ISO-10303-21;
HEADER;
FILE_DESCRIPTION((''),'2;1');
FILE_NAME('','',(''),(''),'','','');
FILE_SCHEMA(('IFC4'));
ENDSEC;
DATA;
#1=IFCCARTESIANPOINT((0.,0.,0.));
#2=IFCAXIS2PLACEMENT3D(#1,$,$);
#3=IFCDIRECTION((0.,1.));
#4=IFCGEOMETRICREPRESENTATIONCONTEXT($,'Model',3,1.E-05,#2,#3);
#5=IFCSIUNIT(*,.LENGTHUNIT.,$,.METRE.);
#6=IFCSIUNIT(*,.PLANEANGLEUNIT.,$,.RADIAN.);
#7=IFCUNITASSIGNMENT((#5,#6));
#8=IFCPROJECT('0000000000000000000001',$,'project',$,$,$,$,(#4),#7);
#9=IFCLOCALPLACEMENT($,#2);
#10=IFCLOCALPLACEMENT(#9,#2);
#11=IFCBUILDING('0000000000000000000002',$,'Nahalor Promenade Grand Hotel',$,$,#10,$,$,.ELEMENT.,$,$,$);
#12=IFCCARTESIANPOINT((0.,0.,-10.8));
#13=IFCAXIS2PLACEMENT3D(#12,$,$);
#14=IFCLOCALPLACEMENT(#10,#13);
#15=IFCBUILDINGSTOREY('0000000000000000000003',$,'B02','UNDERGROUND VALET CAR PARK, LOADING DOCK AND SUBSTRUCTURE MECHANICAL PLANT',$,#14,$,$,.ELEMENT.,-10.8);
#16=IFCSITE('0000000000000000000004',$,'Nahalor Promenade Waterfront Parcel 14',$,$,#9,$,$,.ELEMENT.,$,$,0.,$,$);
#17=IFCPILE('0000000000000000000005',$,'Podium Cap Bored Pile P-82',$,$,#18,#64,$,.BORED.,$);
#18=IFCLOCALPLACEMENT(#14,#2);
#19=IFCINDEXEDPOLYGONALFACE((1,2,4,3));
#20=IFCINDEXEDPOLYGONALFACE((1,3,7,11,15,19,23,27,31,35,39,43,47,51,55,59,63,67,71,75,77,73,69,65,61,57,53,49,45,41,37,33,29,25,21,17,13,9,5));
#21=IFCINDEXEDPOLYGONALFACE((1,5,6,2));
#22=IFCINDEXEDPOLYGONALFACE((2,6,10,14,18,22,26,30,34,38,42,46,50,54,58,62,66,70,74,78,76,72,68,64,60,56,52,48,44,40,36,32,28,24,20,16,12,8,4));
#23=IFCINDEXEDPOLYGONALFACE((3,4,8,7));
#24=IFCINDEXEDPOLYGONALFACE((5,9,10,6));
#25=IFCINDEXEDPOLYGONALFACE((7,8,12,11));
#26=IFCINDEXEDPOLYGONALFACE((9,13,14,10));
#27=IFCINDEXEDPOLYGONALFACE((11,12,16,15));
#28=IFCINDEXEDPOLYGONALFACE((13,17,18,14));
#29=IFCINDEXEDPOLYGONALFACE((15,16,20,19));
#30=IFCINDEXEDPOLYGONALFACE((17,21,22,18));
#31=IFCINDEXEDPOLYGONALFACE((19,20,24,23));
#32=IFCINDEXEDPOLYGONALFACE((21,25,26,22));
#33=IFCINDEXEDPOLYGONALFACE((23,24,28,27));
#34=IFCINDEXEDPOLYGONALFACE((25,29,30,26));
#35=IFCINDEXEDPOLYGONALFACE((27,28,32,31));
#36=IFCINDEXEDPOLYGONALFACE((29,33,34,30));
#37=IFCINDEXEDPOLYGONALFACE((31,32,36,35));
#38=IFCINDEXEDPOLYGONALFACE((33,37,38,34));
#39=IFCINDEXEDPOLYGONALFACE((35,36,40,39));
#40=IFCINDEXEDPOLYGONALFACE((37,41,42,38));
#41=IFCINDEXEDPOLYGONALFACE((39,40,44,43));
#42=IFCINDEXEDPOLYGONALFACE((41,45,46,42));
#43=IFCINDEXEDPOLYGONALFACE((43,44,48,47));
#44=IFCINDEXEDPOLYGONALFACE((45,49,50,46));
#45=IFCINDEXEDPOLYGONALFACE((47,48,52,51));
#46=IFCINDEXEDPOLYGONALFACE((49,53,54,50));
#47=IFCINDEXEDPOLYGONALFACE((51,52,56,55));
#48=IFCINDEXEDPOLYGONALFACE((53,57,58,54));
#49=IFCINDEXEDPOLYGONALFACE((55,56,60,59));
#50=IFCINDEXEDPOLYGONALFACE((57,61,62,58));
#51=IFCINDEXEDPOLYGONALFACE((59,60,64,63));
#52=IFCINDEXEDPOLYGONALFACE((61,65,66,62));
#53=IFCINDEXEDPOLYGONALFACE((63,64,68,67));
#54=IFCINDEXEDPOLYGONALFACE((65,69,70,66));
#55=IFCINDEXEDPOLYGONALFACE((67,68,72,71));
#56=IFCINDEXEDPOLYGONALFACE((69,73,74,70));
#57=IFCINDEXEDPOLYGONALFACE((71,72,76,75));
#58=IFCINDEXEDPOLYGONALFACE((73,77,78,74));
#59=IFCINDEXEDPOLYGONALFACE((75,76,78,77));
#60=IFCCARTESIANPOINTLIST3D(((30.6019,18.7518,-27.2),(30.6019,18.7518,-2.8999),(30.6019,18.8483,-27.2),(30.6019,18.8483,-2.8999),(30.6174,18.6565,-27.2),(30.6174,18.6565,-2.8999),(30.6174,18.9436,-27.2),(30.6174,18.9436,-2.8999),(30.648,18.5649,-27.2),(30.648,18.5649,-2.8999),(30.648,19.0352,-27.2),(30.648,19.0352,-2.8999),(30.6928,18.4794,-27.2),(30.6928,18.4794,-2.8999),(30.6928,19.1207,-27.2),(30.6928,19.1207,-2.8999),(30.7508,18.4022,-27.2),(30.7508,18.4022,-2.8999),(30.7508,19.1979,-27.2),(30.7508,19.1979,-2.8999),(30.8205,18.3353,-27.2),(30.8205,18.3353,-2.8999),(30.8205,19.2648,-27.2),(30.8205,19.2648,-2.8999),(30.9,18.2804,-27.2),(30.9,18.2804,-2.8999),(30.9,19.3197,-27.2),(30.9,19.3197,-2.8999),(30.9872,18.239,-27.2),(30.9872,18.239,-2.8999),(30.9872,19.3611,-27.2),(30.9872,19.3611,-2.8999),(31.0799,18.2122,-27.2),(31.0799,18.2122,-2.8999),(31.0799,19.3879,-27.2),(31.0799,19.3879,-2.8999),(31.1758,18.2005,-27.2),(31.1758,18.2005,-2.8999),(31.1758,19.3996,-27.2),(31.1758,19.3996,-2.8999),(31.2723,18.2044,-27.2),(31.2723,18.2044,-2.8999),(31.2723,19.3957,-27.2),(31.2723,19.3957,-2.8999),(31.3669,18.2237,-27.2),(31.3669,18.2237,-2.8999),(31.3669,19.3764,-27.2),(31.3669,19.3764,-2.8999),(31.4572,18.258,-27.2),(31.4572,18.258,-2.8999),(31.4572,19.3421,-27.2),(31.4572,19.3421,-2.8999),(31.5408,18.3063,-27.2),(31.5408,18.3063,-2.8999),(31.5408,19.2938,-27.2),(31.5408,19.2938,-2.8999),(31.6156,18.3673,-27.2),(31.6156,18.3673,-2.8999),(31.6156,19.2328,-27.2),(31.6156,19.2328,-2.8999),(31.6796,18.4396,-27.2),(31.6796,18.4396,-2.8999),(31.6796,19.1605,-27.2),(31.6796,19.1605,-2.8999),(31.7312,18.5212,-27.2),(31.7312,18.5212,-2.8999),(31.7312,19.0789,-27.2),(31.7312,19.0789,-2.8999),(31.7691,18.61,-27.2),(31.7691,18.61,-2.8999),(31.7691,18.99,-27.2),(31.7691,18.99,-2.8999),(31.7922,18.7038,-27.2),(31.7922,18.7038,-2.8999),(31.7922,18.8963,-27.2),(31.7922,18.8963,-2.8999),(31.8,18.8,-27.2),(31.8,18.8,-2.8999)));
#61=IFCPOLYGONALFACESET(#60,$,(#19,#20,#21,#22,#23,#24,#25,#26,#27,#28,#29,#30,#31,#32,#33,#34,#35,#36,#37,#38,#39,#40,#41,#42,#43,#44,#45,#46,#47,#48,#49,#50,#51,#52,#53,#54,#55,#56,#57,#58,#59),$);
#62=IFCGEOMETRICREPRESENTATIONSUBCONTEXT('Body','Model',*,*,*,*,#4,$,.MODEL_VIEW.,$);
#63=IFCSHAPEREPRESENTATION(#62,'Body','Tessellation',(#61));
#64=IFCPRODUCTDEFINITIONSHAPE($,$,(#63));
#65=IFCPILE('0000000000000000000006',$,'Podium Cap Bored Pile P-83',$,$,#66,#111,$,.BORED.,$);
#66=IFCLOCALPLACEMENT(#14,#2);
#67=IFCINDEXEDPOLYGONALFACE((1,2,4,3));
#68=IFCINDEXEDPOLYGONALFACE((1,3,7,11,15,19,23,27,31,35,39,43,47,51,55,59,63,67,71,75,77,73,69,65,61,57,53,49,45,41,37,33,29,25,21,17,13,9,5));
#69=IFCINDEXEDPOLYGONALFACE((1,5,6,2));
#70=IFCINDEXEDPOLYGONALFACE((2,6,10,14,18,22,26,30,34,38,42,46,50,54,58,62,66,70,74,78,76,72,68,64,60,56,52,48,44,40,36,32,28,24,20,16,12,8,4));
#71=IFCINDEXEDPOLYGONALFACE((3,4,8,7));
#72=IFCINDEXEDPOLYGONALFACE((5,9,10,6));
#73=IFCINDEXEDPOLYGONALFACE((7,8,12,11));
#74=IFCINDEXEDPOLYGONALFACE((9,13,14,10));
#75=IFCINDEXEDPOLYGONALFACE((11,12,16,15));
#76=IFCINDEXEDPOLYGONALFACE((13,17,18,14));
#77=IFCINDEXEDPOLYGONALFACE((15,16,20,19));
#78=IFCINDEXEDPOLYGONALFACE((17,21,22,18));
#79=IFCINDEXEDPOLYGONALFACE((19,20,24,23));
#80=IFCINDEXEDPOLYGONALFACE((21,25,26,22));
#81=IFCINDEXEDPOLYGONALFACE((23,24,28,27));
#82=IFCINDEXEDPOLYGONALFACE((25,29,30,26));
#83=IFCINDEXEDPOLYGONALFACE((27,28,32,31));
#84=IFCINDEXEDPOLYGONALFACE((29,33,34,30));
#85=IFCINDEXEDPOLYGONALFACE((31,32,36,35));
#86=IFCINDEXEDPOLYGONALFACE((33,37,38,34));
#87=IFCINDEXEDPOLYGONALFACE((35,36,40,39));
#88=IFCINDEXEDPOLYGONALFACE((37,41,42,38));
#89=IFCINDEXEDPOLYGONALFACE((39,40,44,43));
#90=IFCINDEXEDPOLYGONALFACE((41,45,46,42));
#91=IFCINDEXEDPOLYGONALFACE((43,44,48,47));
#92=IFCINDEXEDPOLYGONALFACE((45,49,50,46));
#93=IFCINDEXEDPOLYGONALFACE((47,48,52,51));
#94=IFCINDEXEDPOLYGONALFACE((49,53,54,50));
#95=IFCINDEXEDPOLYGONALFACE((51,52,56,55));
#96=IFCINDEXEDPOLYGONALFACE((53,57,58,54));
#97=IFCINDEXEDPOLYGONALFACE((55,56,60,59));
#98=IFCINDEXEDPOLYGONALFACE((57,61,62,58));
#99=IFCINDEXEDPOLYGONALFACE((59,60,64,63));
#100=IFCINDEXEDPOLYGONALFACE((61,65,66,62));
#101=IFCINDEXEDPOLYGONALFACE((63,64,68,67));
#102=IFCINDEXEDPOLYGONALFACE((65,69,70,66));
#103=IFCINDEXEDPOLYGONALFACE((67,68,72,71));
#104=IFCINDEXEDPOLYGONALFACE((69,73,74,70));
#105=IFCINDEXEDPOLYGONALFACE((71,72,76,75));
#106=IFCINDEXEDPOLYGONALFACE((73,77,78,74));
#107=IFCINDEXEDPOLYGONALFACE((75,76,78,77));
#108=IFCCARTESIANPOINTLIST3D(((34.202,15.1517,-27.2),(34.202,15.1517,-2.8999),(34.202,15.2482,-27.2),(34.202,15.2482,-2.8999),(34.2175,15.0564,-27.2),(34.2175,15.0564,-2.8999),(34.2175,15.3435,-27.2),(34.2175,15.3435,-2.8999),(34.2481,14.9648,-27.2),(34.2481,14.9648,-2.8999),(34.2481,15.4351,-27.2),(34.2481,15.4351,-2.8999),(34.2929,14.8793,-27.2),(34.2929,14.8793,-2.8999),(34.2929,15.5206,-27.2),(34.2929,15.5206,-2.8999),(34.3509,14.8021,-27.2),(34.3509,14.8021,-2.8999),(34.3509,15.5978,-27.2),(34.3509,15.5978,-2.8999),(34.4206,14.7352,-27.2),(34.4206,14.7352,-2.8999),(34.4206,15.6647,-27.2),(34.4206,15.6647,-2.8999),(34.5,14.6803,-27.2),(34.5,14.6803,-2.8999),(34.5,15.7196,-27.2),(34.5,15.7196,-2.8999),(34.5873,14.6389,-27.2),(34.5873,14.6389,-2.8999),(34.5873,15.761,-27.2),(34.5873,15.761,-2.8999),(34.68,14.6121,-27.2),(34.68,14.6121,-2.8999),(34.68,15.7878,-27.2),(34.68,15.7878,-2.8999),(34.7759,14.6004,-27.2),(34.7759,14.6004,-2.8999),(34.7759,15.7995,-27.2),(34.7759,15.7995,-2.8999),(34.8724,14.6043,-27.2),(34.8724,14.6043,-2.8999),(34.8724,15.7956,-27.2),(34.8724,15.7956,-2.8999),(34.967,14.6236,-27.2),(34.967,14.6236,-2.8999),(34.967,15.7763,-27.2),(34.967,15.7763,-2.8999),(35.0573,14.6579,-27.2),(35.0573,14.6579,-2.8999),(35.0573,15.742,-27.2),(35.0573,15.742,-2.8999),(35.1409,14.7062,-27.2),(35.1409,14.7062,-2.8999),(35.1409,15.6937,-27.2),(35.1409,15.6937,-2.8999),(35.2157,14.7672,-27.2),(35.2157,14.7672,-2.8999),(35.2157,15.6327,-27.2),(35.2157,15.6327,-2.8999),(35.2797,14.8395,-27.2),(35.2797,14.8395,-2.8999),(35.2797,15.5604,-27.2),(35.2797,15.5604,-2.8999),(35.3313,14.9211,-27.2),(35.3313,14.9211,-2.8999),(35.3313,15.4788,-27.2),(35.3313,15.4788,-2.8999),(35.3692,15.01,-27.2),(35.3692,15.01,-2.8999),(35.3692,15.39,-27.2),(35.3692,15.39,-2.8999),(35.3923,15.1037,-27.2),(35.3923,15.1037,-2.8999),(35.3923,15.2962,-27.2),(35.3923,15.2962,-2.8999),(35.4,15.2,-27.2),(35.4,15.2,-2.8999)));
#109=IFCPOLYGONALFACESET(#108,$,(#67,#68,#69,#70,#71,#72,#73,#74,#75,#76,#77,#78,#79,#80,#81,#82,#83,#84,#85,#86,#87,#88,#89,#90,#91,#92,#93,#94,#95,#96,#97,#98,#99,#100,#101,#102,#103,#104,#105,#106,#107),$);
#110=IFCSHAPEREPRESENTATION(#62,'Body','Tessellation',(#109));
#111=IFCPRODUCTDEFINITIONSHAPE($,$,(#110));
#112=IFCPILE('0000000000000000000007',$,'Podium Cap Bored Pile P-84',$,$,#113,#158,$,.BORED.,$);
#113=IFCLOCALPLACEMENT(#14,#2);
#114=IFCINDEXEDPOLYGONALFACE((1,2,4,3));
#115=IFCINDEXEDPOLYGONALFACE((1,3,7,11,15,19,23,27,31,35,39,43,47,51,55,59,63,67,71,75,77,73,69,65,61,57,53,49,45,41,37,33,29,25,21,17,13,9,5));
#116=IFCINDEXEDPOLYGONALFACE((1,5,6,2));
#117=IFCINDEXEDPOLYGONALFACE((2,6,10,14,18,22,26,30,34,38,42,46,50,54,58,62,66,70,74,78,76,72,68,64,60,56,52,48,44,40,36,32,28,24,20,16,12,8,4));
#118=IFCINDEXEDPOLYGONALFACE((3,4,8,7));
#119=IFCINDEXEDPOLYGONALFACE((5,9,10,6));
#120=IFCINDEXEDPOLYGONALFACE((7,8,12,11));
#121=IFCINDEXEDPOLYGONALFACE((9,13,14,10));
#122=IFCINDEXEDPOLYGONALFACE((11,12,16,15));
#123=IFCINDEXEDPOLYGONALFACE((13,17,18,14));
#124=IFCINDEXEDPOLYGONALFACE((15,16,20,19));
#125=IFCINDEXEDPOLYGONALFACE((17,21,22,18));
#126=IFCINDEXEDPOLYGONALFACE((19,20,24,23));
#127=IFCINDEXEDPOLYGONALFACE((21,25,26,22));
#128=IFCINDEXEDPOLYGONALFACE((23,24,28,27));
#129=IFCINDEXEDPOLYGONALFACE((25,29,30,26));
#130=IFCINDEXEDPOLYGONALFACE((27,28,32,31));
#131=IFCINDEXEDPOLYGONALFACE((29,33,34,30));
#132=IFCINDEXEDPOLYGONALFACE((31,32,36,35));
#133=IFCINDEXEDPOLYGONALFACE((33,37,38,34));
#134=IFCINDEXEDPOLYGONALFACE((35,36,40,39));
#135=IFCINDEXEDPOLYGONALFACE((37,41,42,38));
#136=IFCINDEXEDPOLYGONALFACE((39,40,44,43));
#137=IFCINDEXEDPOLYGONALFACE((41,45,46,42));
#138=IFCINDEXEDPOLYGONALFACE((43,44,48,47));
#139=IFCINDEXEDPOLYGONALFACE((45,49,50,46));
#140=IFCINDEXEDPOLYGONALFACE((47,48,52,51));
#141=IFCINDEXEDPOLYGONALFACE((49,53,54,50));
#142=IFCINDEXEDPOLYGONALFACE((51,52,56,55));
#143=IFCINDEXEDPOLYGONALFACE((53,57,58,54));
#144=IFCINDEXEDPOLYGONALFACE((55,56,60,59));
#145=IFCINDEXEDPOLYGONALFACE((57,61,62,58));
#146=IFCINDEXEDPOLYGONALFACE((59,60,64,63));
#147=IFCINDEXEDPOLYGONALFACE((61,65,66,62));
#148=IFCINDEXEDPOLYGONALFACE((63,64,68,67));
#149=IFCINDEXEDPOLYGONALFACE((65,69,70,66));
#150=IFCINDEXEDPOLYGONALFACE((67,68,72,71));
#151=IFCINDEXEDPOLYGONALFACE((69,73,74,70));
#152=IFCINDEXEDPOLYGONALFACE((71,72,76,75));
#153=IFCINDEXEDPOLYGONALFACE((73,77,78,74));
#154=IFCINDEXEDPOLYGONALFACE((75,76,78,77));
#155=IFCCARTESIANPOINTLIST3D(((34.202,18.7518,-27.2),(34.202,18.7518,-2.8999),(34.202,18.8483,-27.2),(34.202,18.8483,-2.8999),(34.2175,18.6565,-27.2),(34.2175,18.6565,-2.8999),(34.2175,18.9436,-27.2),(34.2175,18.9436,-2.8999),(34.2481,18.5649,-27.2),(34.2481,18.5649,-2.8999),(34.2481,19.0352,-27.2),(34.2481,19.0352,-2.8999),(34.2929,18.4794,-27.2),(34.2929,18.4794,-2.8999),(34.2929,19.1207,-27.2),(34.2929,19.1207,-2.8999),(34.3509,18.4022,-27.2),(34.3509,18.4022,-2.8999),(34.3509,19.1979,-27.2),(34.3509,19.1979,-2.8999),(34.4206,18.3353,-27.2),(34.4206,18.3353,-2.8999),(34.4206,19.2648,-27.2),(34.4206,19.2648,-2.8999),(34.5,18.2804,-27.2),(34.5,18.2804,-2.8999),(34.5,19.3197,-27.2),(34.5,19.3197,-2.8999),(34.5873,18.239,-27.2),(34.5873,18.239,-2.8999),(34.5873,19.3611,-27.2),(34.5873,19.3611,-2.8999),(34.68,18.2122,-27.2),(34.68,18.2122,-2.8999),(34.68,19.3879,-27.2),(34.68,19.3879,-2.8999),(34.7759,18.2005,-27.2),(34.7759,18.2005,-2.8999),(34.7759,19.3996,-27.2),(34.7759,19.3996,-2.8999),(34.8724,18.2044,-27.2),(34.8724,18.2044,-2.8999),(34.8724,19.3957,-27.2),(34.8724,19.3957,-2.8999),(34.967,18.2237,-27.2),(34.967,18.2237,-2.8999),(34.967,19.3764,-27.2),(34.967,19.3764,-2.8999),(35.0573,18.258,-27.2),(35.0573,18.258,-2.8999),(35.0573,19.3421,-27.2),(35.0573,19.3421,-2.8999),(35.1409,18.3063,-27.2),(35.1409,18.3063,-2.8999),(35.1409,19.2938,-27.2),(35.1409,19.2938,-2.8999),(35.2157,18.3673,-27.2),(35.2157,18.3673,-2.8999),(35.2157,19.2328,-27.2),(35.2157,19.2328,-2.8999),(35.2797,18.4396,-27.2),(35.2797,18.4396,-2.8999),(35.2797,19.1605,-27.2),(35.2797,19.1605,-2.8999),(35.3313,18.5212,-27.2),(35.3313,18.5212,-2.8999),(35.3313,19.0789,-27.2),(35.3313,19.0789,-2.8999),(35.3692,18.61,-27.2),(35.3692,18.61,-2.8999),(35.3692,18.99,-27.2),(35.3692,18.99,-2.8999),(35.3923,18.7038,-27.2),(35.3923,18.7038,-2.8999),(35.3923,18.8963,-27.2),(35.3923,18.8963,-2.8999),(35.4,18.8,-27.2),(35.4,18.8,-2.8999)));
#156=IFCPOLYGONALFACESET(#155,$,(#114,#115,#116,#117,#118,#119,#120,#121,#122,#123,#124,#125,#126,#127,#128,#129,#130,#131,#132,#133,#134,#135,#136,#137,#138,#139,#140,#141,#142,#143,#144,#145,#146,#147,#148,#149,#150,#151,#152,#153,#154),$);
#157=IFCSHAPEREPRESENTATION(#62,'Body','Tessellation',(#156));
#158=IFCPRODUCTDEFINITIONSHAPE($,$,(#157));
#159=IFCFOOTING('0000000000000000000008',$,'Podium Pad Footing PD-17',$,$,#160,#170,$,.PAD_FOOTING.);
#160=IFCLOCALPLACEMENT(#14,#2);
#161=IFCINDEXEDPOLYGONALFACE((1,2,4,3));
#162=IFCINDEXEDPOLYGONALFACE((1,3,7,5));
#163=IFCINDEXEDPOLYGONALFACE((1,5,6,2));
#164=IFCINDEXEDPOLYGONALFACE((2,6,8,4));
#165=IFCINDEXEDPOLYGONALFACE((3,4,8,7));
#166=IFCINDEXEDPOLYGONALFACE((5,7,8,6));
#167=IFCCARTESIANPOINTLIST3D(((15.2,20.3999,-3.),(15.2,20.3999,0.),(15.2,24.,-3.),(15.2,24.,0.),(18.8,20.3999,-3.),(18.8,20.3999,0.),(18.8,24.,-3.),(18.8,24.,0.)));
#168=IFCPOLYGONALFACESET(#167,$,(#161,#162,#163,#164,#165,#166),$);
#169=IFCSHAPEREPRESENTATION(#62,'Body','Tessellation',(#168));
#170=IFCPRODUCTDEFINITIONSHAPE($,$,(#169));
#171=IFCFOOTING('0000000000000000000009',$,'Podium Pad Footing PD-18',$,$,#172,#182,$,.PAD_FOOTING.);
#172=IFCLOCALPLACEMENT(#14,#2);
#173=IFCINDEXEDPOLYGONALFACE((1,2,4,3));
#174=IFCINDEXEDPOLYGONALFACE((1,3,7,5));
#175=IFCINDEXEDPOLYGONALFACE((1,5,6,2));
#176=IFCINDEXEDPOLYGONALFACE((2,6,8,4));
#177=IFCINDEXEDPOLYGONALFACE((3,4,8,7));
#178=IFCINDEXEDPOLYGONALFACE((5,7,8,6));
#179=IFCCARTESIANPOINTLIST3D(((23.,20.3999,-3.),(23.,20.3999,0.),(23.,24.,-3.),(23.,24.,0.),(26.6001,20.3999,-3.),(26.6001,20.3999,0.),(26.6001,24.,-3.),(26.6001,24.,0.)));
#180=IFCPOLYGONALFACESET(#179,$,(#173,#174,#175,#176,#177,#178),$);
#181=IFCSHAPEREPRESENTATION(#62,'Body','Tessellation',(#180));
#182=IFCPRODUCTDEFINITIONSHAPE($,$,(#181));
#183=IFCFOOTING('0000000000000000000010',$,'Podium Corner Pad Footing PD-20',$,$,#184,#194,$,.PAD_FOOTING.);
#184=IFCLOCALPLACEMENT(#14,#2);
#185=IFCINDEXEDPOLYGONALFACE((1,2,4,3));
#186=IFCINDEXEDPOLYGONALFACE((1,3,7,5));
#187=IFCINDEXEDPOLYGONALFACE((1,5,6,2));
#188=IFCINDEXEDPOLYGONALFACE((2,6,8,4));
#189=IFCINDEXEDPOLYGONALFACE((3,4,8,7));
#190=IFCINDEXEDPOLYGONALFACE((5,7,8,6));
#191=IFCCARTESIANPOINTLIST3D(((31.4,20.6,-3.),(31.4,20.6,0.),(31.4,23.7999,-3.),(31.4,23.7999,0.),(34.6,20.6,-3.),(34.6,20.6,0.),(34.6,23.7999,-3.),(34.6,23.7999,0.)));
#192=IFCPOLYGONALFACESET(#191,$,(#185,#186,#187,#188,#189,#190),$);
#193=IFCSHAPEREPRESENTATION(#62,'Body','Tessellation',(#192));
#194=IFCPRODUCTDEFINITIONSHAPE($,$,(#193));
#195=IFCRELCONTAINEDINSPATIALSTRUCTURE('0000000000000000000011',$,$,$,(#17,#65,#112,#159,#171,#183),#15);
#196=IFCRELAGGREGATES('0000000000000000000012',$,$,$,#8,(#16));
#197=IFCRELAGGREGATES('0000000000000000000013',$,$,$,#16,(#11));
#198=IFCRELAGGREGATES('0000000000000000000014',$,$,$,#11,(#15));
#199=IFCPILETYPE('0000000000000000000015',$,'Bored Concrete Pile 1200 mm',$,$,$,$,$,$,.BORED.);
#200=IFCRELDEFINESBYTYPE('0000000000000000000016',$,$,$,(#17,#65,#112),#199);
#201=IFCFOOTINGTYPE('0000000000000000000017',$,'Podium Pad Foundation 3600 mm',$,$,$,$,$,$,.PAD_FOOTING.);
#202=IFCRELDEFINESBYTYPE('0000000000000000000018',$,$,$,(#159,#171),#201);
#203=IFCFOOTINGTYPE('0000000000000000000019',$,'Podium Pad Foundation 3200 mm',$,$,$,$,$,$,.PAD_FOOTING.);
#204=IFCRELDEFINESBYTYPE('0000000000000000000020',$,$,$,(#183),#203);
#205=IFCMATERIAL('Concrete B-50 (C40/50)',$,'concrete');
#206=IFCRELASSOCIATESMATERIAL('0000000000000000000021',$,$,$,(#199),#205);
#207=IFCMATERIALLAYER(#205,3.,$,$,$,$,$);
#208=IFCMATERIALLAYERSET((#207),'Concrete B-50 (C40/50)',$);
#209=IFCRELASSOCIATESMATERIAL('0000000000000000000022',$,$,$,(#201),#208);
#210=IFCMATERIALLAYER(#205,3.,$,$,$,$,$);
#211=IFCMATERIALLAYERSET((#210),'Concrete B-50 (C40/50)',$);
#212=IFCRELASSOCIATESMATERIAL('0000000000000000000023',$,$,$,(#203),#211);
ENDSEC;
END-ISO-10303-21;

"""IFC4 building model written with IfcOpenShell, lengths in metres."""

from ifc_helpers import new_model, si_unit, direction, frame, origin, origin_2d, place, context, subcontext, project, spatial, rectangle, circle, extrude, source, transform, mapped, material, layer, layer_set, material_profile, profile_set, type_object, element, save


model = new_model("IFC4")

# Units and contexts
model_context = context("Model", 3, precision=1e-05, world=origin(), true_north=direction((0.0, 1.0)))
body_context = subcontext(model_context, "Body", "Model", "MODEL_VIEW")
ifc_project = project(units=[si_unit("LENGTHUNIT", "METRE"), si_unit("PLANEANGLEUNIT", "RADIAN")], contexts=[model_context])

# Site, building, storey
site_placement = place(None, origin())
site = spatial("IfcSite", under=ifc_project, at=site_placement, Name="Nahalor Promenade Waterfront Parcel 14", CompositionType="ELEMENT", RefElevation=0.0)
building_placement = place(site_placement, origin())
building = spatial("IfcBuilding", under=site, at=building_placement, Name="Nahalor Promenade Grand Hotel", CompositionType="ELEMENT")
storey_placement = place(building_placement, frame((0.0, 0.0, -10.8)))
storey = spatial("IfcBuildingStorey", under=building, at=storey_placement, Name="B02", Description="UNDERGROUND VALET CAR PARK, LOADING DOCK AND SUBSTRUCTURE MECHANICAL PLANT", CompositionType="ELEMENT", Elevation=-10.8)

# Shared definitions
ifc_material_1 = material(Name="Concrete B-50 (C40/50)", Category="concrete")

# Piles
ifc_material_profile_1 = material_profile(ifc_material_1, circle(Radius=0.6, at=origin_2d()), Name="PILE D1200")
ifc_profile_set_1 = profile_set([ifc_material_profile_1], Name="Concrete B-50 (C40/50)")
pile_type_1 = type_object("IfcPileType", Name="Bored Concrete Pile 1200 mm", PredefinedType="BORED", material=ifc_profile_set_1)
shared_shape_1 = source(origin(), body_context, "Body", "SweptSolid", [
    extrude(circle(Radius=0.6, at=origin_2d()), origin(), (0.0, 0.0, 1.0), 24.3),
])
for number, where, z_axis, x_axis, name in (
    (1, (31.2, 18.8, -2.8999), (0.0, 0.0, -1.0), (1.0, 0.0, 0.0), "Podium Cap Bored Pile P-82"),
    (2, (34.8, 15.2, -2.8999), (0.0, 0.0, -1.0), (1.0, 0.0, 0.0), "Podium Cap Bored Pile P-83"),
    (3, (34.8, 18.8, -2.8999), (0.0, 0.0, -1.0), (1.0, 0.0, 0.0), "Podium Cap Bored Pile P-84"),
):
    element("IfcPile", number, at=place(storey_placement, frame(where, z_axis=z_axis, x_axis=x_axis)), inside=storey, type_object=pile_type_1, Name=name, PredefinedType="BORED", context=body_context, shape_type="MappedRepresentation", body=[
        mapped(shared_shape_1, transform((0.0, 0.0, 0.0), scale=1.0)),
    ])

# Footings
ifc_layer_1 = layer(ifc_material_1, 3.0)
ifc_layer_set_1 = layer_set([ifc_layer_1], Name="Concrete B-50 (C40/50)")
footing_type_1 = type_object("IfcFootingType", Name="Podium Pad Foundation 3600 mm", PredefinedType="PAD_FOOTING", material=ifc_layer_set_1)
shared_shape_2 = source(origin(), body_context, "Body", "SweptSolid", [
    extrude(rectangle(XDim=3.6001, YDim=3.6001, at=origin_2d()), origin(), (0.0, 0.0, 1.0), 3.0),
])
for number, where, z_axis, x_axis, name in (
    (4, (17.0, 22.2, -3.0), (0.0, 0.0, 1.0), (1.0, 0.0, 0.0), "Podium Pad Footing PD-17"),
    (5, (24.8, 22.2, -3.0), (0.0, 0.0, 1.0), (1.0, 0.0, 0.0), "Podium Pad Footing PD-18"),
):
    element("IfcFooting", number, at=place(storey_placement, frame(where, z_axis=z_axis, x_axis=x_axis)), inside=storey, type_object=footing_type_1, Name=name, PredefinedType="PAD_FOOTING", context=body_context, shape_type="MappedRepresentation", body=[
        mapped(shared_shape_2, transform((0.0, 0.0, 0.0), scale=1.0)),
    ])
ifc_layer_2 = layer(ifc_material_1, 3.0)
ifc_layer_set_2 = layer_set([ifc_layer_2], Name="Concrete B-50 (C40/50)")
footing_type_2 = type_object("IfcFootingType", Name="Podium Pad Foundation 3200 mm", PredefinedType="PAD_FOOTING", material=ifc_layer_set_2)
shared_shape_3 = source(origin(), body_context, "Body", "SweptSolid", [
    extrude(rectangle(XDim=3.2, YDim=3.2, at=origin_2d()), origin(), (0.0, 0.0, 1.0), 3.0),
])
footing_1_placement = place(storey_placement, frame((33.0, 22.2, -3.0), z_axis=(0.0, 0.0, 1.0), x_axis=(1.0, 0.0, 0.0)))
element("IfcFooting", 6, at=footing_1_placement, inside=storey, type_object=footing_type_2, Name="Podium Corner Pad Footing PD-20", PredefinedType="PAD_FOOTING", context=body_context, shape_type="MappedRepresentation", body=[
    mapped(shared_shape_3, transform((0.0, 0.0, 0.0), scale=1.0)),
])

save(model, "model.ifc")
